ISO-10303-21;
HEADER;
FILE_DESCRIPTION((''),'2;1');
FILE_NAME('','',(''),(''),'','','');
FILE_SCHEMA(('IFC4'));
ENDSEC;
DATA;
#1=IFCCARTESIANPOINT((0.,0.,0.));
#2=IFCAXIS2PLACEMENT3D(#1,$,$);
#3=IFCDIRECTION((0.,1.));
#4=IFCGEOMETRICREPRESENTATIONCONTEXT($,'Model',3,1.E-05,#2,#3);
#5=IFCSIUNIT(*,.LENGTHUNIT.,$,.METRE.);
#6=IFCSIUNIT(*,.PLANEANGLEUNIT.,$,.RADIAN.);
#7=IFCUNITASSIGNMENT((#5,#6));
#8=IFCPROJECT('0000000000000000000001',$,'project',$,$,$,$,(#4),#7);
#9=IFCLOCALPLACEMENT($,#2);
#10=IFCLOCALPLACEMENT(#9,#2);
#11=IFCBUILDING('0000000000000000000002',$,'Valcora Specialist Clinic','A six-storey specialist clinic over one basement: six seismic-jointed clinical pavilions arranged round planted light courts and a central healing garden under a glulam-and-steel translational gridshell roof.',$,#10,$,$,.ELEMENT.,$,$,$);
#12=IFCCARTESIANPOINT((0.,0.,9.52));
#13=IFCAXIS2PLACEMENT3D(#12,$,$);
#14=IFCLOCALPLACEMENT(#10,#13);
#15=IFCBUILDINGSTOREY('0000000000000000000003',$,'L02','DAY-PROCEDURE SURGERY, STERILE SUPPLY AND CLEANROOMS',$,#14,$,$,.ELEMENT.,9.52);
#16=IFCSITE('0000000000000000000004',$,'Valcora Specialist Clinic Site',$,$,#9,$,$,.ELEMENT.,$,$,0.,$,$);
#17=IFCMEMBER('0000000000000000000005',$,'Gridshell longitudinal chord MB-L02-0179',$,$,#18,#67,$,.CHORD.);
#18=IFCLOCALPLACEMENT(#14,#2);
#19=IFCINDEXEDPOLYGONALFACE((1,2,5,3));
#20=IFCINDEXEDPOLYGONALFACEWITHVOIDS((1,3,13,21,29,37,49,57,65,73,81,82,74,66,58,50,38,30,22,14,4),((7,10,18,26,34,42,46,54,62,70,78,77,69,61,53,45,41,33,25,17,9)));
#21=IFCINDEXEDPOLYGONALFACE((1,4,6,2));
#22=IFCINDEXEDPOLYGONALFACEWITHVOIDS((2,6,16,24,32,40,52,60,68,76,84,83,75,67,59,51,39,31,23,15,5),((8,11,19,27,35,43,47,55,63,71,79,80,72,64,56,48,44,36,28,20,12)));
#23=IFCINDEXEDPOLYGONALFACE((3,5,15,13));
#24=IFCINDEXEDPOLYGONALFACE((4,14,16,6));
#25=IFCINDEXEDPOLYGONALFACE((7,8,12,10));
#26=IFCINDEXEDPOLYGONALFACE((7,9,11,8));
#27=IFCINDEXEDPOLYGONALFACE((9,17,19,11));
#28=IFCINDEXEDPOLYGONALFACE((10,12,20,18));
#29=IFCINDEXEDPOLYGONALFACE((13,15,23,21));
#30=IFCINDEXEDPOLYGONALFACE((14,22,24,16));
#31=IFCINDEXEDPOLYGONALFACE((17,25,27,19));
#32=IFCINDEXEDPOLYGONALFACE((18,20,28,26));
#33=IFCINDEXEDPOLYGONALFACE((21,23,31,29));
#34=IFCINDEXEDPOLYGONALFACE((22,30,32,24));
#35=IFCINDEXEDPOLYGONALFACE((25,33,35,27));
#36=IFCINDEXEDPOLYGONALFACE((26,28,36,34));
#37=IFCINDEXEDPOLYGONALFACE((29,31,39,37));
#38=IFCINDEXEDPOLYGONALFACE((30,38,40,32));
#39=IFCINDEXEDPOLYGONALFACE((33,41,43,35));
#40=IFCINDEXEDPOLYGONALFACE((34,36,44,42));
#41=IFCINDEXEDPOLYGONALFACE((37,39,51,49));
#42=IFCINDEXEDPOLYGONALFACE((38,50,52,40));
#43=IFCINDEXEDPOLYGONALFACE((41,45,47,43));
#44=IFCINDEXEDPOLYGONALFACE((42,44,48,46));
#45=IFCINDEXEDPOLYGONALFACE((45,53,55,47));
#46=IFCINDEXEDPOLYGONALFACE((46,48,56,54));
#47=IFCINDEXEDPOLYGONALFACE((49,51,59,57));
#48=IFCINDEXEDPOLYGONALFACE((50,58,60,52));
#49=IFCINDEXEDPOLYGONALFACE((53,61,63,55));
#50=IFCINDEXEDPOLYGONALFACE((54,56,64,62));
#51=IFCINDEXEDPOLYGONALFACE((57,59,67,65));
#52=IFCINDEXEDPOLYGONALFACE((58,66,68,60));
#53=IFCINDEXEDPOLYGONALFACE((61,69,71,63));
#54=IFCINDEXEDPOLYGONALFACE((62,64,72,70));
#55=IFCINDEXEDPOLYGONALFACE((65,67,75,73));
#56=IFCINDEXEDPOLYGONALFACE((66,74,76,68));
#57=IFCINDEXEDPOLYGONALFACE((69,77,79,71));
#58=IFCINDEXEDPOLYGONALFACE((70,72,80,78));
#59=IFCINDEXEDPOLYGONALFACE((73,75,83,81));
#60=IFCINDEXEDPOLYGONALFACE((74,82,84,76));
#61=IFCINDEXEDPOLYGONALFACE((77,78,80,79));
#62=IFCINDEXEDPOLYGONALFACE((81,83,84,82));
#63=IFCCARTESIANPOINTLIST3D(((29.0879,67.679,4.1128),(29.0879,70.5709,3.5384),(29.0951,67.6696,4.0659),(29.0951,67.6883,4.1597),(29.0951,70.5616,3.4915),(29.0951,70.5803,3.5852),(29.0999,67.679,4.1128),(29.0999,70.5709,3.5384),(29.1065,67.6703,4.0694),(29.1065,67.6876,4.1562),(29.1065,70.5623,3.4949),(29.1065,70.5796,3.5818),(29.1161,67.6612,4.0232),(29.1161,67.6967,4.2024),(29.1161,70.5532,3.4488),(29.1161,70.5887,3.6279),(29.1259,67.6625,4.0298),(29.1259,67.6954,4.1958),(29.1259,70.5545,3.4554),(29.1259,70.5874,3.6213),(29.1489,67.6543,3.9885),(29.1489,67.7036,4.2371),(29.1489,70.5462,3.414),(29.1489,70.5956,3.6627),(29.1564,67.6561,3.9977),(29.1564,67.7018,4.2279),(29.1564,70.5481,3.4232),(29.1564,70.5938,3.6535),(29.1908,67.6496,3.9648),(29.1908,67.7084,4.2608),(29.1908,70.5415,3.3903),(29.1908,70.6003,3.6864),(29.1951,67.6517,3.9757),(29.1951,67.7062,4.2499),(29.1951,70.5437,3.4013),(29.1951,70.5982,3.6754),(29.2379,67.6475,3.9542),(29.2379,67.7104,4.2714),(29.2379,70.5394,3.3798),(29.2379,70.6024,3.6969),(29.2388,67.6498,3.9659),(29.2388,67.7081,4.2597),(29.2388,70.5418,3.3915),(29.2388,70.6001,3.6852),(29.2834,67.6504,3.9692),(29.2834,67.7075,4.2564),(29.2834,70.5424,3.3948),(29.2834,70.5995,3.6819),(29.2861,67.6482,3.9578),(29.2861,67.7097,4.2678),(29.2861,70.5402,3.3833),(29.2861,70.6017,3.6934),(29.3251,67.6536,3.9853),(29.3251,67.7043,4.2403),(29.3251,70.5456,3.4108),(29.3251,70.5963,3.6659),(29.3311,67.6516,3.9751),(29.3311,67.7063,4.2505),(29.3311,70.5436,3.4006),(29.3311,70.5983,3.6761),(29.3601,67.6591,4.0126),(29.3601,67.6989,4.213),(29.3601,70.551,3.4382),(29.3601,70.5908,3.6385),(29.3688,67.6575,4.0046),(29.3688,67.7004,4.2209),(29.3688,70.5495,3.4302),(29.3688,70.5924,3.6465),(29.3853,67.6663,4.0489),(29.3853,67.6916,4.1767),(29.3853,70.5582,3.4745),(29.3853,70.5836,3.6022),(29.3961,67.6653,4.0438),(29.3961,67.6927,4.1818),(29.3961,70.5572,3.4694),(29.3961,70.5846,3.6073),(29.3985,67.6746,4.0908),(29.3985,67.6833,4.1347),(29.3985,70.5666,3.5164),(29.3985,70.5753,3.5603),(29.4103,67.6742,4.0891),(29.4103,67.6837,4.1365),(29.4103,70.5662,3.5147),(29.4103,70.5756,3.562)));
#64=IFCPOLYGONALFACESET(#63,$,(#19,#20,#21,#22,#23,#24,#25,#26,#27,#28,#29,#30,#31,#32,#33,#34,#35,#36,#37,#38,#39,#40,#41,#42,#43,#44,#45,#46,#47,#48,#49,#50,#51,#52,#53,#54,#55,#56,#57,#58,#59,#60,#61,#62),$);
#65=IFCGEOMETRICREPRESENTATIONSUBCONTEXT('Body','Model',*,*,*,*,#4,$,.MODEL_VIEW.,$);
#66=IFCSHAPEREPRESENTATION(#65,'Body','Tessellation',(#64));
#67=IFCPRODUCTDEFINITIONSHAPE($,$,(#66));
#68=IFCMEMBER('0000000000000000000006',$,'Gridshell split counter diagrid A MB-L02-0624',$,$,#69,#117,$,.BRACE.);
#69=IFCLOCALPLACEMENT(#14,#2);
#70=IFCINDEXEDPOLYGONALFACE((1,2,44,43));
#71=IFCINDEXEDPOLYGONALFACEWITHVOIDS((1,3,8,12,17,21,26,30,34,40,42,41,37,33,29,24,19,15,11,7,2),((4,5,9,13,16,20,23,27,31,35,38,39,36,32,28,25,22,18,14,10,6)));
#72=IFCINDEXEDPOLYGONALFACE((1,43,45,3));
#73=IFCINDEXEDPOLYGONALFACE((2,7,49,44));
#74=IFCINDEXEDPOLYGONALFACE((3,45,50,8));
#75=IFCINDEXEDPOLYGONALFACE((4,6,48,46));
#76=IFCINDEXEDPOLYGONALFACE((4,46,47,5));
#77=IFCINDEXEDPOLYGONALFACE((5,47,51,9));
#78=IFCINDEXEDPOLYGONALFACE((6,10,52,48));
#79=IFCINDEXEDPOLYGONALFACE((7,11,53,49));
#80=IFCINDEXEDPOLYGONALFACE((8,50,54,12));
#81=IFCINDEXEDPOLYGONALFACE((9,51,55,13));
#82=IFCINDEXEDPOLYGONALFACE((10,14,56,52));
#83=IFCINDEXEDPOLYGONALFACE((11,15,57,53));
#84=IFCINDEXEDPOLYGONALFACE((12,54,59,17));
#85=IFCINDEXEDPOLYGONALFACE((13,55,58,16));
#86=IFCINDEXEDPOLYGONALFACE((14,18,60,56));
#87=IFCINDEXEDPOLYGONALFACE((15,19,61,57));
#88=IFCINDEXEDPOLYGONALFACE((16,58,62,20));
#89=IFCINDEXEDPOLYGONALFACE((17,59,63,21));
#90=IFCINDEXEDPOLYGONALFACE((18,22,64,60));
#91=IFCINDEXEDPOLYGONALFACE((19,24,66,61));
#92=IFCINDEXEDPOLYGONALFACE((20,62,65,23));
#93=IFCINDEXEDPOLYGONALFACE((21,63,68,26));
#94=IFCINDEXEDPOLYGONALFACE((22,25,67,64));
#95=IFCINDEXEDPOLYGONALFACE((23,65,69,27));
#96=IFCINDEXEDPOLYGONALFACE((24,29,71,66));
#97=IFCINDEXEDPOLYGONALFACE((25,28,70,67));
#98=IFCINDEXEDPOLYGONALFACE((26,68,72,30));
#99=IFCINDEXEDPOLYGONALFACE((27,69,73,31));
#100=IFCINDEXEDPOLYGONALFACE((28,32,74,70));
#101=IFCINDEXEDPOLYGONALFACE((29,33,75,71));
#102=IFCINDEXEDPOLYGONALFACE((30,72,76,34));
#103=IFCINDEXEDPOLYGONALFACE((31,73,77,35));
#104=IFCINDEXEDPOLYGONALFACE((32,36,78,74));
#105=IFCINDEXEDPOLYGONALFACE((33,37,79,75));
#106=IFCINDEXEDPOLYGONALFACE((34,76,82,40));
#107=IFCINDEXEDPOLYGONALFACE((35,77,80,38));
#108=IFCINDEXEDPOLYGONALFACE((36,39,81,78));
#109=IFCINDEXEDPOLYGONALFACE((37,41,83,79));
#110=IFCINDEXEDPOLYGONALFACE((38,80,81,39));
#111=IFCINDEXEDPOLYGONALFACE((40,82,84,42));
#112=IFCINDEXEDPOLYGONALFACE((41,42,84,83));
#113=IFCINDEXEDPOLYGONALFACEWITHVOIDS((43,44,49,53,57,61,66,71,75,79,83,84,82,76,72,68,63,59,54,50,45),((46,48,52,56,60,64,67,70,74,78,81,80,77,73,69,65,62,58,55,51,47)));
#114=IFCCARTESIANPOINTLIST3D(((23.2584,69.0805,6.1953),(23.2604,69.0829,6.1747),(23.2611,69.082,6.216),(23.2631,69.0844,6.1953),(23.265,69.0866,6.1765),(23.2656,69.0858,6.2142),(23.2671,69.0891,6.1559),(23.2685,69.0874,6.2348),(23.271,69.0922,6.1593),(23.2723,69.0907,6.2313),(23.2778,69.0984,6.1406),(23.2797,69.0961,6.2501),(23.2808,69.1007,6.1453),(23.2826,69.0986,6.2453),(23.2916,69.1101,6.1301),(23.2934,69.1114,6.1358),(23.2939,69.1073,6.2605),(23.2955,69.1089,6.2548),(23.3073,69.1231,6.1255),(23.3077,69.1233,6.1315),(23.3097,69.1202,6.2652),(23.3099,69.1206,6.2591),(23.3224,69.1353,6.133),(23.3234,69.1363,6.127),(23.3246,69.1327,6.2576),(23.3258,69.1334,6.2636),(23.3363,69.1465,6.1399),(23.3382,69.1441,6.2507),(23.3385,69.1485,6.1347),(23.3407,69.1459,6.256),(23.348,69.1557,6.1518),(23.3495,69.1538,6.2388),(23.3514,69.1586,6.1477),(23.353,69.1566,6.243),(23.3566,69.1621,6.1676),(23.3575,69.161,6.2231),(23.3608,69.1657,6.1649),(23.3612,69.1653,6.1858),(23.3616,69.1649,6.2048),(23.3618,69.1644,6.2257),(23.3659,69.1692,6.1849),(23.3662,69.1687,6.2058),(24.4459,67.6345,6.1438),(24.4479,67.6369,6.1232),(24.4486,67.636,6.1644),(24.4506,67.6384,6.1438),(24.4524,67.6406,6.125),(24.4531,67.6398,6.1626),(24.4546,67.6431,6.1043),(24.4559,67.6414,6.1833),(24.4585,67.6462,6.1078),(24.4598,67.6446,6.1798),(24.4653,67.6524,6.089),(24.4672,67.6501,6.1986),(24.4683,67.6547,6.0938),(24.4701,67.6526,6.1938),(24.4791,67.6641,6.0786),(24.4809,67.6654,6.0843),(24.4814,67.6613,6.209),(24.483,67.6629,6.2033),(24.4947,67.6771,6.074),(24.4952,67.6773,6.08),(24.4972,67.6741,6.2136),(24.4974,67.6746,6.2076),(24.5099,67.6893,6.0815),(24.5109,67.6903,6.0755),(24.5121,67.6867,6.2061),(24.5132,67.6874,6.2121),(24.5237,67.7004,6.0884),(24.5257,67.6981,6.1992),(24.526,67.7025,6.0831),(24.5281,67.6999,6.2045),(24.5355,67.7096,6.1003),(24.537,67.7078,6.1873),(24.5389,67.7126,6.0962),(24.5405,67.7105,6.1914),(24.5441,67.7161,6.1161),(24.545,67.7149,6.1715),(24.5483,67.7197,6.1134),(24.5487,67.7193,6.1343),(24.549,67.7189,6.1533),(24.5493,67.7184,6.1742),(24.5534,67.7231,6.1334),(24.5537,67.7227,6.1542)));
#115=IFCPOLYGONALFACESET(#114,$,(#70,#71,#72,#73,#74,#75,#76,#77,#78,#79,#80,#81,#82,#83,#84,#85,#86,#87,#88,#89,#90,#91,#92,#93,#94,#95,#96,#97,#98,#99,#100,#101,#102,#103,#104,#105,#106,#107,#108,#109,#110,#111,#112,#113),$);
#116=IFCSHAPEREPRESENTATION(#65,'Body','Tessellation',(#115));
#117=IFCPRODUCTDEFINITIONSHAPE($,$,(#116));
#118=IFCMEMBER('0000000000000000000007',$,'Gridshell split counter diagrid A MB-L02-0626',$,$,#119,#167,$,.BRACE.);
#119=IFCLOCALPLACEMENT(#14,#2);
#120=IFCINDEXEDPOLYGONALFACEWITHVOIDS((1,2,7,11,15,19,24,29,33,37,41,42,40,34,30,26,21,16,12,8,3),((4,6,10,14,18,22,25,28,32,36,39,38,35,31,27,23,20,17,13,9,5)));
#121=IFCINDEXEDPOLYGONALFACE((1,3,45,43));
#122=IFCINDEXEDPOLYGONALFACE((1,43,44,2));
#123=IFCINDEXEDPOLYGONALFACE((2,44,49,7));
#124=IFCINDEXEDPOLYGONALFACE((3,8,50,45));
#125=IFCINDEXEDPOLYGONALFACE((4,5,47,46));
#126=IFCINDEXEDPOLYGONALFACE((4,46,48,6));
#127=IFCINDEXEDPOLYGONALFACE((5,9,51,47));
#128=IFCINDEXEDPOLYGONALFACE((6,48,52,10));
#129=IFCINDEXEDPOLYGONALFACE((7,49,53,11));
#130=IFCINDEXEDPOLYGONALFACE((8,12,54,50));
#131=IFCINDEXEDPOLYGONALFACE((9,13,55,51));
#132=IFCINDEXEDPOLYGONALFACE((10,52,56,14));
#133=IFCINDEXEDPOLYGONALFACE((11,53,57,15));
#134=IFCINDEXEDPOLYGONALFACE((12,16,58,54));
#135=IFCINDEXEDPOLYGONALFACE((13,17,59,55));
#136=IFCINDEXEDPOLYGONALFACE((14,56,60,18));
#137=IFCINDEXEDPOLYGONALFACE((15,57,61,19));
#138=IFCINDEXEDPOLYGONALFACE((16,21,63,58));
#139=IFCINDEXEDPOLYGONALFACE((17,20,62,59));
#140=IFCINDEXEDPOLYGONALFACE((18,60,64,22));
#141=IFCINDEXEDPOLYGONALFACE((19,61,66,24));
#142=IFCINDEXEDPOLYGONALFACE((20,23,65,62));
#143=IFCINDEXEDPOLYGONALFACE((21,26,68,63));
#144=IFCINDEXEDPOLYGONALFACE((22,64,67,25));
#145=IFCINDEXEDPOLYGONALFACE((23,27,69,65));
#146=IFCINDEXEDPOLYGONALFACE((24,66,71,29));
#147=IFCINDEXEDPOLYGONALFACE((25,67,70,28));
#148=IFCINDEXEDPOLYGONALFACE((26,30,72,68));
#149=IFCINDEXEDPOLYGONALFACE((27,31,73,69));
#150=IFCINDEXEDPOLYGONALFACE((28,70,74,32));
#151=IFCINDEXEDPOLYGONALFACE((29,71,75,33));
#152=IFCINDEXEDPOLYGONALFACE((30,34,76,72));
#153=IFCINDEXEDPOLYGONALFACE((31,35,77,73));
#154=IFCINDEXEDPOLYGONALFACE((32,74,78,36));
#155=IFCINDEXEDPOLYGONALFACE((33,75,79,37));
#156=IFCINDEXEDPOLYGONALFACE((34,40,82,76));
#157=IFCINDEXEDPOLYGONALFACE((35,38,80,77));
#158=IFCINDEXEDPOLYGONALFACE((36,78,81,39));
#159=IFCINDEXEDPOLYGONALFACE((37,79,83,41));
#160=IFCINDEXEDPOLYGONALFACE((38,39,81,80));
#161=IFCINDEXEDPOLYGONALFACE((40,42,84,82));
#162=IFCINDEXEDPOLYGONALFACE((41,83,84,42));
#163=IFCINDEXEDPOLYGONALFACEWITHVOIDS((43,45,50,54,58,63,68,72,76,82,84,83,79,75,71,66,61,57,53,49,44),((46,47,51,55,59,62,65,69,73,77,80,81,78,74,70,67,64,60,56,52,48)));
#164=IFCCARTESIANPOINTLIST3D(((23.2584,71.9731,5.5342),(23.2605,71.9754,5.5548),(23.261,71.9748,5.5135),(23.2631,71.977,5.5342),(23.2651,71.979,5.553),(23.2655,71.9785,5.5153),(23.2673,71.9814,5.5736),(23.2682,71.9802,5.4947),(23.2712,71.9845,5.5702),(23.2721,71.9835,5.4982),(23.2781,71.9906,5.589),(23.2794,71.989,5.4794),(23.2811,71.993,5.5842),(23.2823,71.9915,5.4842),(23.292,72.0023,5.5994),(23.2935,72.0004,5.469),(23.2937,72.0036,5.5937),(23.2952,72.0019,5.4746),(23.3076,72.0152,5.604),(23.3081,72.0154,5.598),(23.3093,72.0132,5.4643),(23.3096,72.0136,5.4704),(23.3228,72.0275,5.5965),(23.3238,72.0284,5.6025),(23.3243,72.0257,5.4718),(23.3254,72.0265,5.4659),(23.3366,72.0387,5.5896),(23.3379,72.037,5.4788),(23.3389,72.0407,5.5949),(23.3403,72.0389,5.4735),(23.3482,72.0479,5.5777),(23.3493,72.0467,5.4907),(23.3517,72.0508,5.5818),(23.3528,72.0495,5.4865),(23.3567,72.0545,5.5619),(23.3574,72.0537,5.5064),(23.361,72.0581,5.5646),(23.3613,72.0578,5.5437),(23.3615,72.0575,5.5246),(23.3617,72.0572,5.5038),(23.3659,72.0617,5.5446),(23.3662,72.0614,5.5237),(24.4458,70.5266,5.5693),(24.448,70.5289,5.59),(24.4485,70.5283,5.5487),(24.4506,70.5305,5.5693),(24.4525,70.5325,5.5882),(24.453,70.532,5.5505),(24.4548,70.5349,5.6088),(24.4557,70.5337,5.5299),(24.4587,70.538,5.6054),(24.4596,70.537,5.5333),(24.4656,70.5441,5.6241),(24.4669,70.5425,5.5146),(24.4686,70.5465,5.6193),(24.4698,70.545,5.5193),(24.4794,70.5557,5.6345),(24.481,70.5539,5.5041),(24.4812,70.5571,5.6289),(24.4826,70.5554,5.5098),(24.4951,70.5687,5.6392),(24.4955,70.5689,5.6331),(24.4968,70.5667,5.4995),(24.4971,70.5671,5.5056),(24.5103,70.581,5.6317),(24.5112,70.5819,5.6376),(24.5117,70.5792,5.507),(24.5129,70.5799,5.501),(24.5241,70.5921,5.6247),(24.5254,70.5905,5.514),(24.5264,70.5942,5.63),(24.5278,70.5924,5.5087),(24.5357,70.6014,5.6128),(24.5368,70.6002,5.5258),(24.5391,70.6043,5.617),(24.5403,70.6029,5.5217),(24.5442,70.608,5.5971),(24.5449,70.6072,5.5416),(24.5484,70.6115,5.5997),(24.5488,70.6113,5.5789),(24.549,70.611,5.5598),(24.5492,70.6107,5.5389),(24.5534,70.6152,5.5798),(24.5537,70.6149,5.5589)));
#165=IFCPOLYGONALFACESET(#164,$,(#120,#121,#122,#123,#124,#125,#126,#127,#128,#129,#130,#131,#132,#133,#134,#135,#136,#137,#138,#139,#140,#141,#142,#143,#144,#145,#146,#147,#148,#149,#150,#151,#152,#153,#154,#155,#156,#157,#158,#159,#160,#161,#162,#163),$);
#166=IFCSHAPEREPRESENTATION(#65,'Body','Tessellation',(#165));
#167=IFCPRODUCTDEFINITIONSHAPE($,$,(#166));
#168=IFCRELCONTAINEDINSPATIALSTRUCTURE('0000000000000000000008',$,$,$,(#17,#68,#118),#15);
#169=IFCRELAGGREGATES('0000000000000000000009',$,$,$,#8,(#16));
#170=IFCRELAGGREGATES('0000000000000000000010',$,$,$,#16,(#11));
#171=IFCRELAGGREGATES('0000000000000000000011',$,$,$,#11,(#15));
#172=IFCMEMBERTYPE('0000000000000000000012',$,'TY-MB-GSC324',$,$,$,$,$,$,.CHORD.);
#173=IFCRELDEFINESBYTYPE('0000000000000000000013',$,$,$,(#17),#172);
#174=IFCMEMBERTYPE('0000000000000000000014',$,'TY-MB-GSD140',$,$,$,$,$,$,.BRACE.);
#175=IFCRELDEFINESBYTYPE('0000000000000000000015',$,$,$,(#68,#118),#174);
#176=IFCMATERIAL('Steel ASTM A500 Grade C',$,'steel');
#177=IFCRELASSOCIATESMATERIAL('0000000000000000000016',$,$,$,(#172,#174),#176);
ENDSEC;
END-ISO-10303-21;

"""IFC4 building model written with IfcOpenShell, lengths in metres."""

from ifc_helpers import new_model, si_unit, direction, frame, origin, origin_2d, place, context, subcontext, project, spatial, hollow_circle, extrude, material, material_profile, profile_set, type_object, element, save


model = new_model("IFC4")

# Units and contexts
model_context = context("Model", 3, precision=1e-05, world=origin(), true_north=direction((0.0, 1.0)))
body_context = subcontext(model_context, "Body", "Model", "MODEL_VIEW")
ifc_project = project(units=[si_unit("LENGTHUNIT", "METRE"), si_unit("PLANEANGLEUNIT", "RADIAN")], contexts=[model_context])

# Site, building, storey
site_placement = place(None, origin())
site = spatial("IfcSite", under=ifc_project, at=site_placement, Name="Valcora Specialist Clinic Site", CompositionType="ELEMENT", RefElevation=0.0)
building_placement = place(site_placement, origin())
building = spatial("IfcBuilding", under=site, at=building_placement, Name="Valcora Specialist Clinic", Description="A six-storey specialist clinic over one basement: six seismic-jointed clinical pavilions arranged round planted light courts and a central healing garden under a glulam-and-steel translational gridshell roof.", CompositionType="ELEMENT")
storey_placement = place(building_placement, frame((0.0, 0.0, 9.52)))
storey = spatial("IfcBuildingStorey", under=building, at=storey_placement, Name="L02", Description="DAY-PROCEDURE SURGERY, STERILE SUPPLY AND CLEANROOMS", CompositionType="ELEMENT", Elevation=9.52)

# Members
ifc_material_1 = material(Name="Steel ASTM A500 Grade C", Category="steel")
ifc_material_profile_1 = material_profile(ifc_material_1, hollow_circle(Radius=0.1621, WallThickness=0.012, at=origin_2d()), Name="ST-CHS-324X12")
ifc_profile_set_1 = profile_set([ifc_material_profile_1], Name="Steel ASTM A500 Grade C")
member_type_1 = type_object("IfcMemberType", Name="TY-MB-GSC324", PredefinedType="CHORD", material=ifc_profile_set_1)
member_1_placement = place(storey_placement, frame((29.25, 67.679, 4.1128), z_axis=(0.0, 0.980838, -0.194826), x_axis=(-1.0, 0.0, 0.0)))
element("IfcMember", 1, at=member_1_placement, inside=storey, type_object=member_type_1, Name="Gridshell longitudinal chord MB-L02-0179", PredefinedType="CHORD", context=body_context, shape_type="SweptSolid", body=[
    extrude(hollow_circle(Radius=0.1621, WallThickness=0.012, at=origin_2d()), origin(), (0.0, 0.0, 1.0), 2.9485),
])
ifc_material_profile_2 = material_profile(ifc_material_1, hollow_circle(Radius=0.0701, WallThickness=0.0061, at=origin_2d()), Name="ST-CHS-140X6")
ifc_profile_set_2 = profile_set([ifc_material_profile_2], Name="Steel ASTM A500 Grade C")
member_type_2 = type_object("IfcMemberType", Name="TY-MB-GSD140", PredefinedType="BRACE", material=ifc_profile_set_2)
for number, where, z_axis, x_axis, name in (
    (2, (24.5, 67.679, 6.1438), (-0.634396, 0.772518, 0.02752), (-0.772811, -0.634636, 0.0), "Gridshell split counter diagrid A MB-L02-0624"),
    (3, (24.5, 70.571, 5.5693), (-0.634397, 0.77278, -0.018781), (-0.772916, -0.634508, 0.0), "Gridshell split counter diagrid A MB-L02-0626"),
):
    element("IfcMember", number, at=place(storey_placement, frame(where, z_axis=z_axis, x_axis=x_axis)), inside=storey, type_object=member_type_2, Name=name, PredefinedType="BRACE", context=body_context, shape_type="SweptSolid", body=[
        extrude(hollow_circle(Radius=0.0701, WallThickness=0.0061, at=origin_2d()), origin(), (0.0, 0.0, 1.0), 1.8718),
    ])

save(model, "model.ifc")
